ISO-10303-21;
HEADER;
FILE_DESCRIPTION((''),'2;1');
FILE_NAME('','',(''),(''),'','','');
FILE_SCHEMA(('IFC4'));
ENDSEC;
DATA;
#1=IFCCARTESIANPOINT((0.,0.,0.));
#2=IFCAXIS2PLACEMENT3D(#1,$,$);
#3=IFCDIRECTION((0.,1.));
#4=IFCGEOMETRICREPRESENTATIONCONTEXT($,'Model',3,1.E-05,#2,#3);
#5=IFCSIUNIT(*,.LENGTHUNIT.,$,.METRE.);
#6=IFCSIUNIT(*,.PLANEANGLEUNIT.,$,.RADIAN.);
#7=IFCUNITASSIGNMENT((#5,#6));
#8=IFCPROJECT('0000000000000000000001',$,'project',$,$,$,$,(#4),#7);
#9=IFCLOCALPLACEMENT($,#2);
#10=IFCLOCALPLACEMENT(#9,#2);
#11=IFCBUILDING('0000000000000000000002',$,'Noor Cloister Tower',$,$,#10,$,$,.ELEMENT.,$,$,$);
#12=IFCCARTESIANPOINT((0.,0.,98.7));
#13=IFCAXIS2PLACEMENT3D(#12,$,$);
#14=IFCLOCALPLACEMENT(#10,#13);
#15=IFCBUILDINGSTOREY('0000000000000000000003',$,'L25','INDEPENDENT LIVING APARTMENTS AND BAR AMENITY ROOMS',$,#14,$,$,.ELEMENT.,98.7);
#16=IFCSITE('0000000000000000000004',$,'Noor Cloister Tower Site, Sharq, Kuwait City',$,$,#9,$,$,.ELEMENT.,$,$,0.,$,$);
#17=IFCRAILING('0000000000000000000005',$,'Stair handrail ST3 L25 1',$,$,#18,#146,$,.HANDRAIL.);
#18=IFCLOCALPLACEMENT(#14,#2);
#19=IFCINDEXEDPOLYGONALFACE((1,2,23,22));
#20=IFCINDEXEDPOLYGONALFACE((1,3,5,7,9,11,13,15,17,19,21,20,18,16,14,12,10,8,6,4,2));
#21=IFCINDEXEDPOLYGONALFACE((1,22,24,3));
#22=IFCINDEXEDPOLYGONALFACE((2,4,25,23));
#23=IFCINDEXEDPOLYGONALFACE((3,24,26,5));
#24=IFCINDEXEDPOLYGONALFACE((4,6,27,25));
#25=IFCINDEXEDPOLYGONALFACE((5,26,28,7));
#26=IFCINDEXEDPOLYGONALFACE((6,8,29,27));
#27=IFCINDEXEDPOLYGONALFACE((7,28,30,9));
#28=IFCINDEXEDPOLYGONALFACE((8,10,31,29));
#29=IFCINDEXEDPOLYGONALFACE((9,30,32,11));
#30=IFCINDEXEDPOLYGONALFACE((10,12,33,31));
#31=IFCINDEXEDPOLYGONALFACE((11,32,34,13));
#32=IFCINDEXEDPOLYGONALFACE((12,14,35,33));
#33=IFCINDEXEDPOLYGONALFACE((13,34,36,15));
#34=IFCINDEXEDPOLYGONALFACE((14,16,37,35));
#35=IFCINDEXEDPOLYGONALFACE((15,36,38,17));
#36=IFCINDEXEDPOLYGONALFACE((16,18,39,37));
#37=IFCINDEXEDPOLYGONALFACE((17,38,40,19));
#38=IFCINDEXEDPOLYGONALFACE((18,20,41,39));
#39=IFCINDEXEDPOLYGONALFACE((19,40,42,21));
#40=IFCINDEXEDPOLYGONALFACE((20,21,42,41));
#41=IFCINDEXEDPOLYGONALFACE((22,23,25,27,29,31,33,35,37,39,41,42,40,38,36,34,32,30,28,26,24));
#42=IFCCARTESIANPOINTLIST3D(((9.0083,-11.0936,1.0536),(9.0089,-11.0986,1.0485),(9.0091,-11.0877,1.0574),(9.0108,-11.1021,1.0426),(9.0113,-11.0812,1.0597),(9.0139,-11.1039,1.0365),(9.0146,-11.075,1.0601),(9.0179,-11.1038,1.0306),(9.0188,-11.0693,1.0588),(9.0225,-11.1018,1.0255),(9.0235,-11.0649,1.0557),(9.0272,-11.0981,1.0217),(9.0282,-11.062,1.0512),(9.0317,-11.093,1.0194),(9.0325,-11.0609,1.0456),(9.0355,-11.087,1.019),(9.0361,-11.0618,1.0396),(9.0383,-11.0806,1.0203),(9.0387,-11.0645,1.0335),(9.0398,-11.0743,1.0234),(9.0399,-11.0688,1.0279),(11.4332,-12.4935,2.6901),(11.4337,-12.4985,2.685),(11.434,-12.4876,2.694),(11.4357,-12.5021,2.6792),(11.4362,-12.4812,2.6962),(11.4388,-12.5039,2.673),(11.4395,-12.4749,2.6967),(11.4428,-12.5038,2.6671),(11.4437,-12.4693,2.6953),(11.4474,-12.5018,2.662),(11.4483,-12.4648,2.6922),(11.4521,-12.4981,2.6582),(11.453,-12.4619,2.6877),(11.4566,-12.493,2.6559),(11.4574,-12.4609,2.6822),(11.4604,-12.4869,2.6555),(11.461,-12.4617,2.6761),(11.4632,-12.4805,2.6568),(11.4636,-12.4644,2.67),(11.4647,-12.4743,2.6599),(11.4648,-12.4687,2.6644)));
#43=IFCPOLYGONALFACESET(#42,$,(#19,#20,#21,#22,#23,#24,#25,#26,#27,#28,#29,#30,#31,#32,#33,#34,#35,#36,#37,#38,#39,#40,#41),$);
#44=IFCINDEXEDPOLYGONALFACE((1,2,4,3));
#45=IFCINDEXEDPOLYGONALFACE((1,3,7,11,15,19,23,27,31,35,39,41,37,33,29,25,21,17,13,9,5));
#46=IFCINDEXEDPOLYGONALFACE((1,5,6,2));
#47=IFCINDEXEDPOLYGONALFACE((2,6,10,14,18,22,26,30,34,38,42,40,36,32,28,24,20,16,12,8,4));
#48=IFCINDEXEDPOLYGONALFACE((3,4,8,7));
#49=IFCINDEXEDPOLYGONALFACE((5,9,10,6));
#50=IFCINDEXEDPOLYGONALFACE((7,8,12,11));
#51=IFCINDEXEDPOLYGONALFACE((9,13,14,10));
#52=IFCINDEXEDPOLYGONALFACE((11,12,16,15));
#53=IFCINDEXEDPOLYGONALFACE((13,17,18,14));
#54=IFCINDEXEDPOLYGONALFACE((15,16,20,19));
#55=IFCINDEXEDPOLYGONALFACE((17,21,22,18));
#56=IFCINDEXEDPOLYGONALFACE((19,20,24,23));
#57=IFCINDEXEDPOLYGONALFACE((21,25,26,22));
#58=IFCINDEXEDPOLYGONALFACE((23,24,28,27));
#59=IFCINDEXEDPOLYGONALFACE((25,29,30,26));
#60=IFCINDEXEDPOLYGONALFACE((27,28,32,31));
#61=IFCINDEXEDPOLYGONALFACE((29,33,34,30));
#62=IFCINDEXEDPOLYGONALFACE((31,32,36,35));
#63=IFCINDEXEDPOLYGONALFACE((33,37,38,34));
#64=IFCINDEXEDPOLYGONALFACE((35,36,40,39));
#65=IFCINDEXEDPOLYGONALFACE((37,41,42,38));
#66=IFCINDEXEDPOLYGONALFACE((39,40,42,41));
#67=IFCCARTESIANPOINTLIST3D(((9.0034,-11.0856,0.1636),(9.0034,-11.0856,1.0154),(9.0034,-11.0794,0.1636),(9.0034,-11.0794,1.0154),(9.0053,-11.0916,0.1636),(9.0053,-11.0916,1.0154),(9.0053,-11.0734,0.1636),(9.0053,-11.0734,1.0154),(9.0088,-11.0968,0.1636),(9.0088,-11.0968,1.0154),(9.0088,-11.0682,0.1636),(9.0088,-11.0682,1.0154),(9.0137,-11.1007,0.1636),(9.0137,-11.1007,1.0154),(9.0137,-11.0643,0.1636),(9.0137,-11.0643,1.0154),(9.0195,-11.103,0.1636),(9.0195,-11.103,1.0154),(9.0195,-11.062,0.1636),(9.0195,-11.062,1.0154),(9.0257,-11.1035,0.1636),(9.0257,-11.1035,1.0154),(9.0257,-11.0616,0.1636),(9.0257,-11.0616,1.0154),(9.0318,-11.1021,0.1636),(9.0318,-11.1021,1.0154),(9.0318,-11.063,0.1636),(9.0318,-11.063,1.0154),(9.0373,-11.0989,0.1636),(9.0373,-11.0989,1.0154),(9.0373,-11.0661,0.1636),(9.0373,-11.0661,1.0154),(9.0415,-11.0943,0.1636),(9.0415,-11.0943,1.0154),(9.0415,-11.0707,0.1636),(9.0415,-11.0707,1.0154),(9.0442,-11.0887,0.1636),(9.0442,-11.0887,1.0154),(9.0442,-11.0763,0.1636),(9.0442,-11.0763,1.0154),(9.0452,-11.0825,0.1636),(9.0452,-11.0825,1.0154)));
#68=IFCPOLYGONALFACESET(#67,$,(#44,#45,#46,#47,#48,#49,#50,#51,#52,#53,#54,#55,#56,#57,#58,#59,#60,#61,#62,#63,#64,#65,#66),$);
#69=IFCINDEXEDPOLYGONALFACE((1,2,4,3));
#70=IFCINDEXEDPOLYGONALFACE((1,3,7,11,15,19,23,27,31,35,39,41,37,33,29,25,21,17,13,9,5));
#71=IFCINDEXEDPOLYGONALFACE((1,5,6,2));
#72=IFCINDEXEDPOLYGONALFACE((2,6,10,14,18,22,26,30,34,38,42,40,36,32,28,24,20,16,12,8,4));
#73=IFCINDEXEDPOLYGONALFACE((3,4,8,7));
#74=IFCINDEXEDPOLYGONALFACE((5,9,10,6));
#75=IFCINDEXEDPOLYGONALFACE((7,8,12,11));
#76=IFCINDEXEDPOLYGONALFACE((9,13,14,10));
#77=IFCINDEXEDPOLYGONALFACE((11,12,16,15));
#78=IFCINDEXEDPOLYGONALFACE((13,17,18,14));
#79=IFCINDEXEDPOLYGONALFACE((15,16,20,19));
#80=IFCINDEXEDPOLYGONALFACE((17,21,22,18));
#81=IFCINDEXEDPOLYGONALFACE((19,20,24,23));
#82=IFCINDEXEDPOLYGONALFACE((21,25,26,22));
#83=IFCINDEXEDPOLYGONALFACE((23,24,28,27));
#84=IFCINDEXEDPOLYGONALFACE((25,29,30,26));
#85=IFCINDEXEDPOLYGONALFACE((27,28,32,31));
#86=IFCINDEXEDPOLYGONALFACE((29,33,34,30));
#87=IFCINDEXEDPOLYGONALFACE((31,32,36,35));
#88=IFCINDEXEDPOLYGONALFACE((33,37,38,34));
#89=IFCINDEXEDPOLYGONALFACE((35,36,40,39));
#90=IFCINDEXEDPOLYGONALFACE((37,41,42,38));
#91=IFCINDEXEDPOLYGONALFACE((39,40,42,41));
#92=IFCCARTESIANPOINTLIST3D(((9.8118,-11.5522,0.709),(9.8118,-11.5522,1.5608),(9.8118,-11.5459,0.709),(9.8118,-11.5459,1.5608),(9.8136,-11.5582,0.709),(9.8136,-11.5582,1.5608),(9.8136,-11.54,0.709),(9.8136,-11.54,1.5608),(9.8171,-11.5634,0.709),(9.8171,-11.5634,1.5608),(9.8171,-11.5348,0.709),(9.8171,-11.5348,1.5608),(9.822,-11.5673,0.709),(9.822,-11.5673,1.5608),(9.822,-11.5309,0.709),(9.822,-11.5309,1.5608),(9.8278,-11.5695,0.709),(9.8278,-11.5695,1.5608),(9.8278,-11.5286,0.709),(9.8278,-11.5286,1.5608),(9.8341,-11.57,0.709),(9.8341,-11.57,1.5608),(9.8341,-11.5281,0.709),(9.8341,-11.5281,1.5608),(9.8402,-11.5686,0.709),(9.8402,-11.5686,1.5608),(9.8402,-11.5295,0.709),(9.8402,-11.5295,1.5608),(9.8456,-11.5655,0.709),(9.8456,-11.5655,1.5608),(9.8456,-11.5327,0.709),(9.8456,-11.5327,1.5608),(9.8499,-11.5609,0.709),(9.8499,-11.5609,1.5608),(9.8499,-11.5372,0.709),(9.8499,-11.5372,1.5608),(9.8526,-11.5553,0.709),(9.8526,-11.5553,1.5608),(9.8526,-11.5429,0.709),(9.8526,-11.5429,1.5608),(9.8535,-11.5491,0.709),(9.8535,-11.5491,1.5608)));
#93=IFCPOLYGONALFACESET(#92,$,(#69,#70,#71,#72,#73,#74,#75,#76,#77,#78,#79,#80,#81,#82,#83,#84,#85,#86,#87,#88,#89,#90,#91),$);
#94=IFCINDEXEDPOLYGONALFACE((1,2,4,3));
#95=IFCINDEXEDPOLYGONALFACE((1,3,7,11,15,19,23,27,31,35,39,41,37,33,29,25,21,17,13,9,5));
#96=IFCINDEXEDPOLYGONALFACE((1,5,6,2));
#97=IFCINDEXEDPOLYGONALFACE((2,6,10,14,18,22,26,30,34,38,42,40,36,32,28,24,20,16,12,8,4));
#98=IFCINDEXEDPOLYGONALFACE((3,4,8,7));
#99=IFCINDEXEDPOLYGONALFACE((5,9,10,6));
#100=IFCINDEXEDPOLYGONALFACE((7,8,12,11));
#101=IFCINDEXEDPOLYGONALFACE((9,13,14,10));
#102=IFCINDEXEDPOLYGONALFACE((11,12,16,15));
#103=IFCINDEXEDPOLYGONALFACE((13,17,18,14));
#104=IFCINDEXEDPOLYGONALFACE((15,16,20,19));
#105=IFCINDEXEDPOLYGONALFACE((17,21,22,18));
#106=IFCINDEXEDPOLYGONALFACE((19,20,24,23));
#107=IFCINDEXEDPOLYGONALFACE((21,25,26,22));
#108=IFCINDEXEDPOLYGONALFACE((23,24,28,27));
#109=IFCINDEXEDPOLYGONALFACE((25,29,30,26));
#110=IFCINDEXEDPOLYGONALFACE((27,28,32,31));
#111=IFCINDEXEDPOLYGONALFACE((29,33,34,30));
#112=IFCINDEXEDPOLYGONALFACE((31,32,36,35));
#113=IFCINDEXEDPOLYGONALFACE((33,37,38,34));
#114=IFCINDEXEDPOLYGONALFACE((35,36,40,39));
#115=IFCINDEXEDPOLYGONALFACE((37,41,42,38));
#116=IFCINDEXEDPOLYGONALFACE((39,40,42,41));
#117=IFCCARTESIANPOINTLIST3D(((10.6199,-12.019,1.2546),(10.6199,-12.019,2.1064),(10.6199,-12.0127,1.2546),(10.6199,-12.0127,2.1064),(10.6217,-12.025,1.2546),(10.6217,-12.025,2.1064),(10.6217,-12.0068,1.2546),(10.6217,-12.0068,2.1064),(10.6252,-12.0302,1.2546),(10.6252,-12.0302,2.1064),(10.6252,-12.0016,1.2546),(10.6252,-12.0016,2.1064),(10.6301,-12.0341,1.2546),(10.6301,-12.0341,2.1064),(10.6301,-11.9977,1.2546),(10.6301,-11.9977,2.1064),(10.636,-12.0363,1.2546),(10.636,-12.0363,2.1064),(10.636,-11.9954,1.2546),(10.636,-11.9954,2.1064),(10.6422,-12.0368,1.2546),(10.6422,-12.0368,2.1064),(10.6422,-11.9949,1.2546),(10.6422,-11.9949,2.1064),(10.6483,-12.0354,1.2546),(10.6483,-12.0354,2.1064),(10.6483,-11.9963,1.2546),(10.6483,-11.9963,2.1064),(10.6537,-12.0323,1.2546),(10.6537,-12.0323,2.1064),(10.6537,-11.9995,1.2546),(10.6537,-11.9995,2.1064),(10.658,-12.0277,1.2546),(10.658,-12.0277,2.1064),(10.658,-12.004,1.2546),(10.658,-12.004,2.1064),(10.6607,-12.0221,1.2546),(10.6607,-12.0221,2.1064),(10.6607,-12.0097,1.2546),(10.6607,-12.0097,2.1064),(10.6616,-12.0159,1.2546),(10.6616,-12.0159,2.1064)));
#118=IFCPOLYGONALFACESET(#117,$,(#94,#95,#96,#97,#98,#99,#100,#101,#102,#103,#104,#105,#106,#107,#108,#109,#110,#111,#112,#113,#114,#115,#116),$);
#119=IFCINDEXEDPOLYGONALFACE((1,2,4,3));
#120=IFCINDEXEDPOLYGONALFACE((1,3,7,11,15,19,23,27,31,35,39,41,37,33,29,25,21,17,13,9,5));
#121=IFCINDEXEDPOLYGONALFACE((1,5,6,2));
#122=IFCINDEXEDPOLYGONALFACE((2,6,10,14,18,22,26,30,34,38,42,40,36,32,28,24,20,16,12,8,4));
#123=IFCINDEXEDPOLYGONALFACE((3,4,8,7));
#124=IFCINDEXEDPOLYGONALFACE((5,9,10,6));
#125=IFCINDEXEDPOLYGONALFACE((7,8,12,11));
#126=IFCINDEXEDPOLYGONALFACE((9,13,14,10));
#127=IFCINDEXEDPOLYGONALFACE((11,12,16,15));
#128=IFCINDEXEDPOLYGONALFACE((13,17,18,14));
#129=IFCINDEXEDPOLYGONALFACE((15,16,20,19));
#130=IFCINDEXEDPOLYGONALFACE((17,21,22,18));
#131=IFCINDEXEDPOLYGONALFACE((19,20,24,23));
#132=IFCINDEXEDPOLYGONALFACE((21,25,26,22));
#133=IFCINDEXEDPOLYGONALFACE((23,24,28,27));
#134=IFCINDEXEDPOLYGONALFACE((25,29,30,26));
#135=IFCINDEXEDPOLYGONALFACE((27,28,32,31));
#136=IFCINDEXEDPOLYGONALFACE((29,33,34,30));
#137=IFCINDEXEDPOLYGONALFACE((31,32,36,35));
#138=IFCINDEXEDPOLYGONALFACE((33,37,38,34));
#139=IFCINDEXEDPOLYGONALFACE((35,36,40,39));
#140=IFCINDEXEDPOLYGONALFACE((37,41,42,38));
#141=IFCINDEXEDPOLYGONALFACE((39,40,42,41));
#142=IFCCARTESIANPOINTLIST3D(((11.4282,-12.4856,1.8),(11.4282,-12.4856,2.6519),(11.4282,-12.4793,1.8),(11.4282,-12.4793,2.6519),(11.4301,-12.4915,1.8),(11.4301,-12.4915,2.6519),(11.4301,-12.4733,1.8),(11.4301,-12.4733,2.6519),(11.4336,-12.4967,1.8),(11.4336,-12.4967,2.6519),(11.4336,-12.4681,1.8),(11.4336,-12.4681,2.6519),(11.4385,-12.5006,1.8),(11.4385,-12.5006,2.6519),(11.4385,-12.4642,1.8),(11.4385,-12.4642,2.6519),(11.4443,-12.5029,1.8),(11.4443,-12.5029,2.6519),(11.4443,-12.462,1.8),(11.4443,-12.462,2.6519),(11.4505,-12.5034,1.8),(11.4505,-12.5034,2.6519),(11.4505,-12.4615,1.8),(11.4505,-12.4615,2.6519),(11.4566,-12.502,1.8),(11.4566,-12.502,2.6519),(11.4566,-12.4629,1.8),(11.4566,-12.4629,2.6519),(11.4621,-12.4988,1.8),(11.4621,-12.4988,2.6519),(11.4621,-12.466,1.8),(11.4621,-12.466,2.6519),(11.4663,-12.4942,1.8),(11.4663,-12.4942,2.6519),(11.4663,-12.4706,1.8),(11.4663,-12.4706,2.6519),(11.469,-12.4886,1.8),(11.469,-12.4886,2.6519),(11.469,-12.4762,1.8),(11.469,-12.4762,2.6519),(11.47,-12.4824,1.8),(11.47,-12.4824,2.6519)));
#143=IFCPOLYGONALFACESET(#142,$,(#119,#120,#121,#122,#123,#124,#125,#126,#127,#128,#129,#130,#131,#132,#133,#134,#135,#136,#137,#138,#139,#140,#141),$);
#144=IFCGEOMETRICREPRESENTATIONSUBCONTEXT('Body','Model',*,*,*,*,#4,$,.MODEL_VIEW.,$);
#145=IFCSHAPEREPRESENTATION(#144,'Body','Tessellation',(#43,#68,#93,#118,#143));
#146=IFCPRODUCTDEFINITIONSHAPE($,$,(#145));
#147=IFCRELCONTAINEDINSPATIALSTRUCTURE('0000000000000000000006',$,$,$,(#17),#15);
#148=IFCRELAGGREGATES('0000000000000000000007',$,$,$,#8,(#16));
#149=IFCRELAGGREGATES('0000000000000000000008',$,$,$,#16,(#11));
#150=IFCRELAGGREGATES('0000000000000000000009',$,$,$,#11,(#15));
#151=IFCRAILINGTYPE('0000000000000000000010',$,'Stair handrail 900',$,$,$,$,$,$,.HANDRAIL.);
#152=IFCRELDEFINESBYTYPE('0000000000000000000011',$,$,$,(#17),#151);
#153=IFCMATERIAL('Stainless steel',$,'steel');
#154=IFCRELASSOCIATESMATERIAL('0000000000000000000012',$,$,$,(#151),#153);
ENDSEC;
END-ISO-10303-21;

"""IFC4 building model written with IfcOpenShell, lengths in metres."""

from ifc_helpers import new_model, si_unit, direction, frame, origin, origin_2d, place, context, subcontext, project, spatial, circle, extrude, material, type_object, element, save


model = new_model("IFC4")

# Units and contexts
model_context = context("Model", 3, precision=1e-05, world=origin(), true_north=direction((0.0, 1.0)))
body_context = subcontext(model_context, "Body", "Model", "MODEL_VIEW")
ifc_project = project(units=[si_unit("LENGTHUNIT", "METRE"), si_unit("PLANEANGLEUNIT", "RADIAN")], contexts=[model_context])

# Site, building, storey
site_placement = place(None, origin())
site = spatial("IfcSite", under=ifc_project, at=site_placement, Name="Noor Cloister Tower Site, Sharq, Kuwait City", CompositionType="ELEMENT", RefElevation=0.0)
building_placement = place(site_placement, origin())
building = spatial("IfcBuilding", under=site, at=building_placement, Name="Noor Cloister Tower", CompositionType="ELEMENT")
storey_placement = place(building_placement, frame((0.0, 0.0, 98.7)))
storey = spatial("IfcBuildingStorey", under=building, at=storey_placement, Name="L25", Description="INDEPENDENT LIVING APARTMENTS AND BAR AMENITY ROOMS", CompositionType="ELEMENT", Elevation=98.7)

# Railing
ifc_material_1 = material(Name="Stainless steel", Category="steel")
railing_type_1 = type_object("IfcRailingType", Name="Stair handrail 900", PredefinedType="HANDRAIL", material=ifc_material_1)
railing_1_placement = place(storey_placement, frame((9.0242, -11.0825, 0.1636)))
element("IfcRailing", 1, at=railing_1_placement, inside=storey, type_object=railing_type_1, Name="Stair handrail ST3 L25 1", PredefinedType="HANDRAIL", context=body_context, shape_type="SweptSolid", body=[
    extrude(circle(Radius=0.0239, at=origin_2d()), frame((0.0, 0.0, 0.876), z_axis=(0.74769, -0.431661, 0.504608), x_axis=(0.499984, 0.866035, 0.0)), (0.0, 0.0, 1.0), 3.2432),
    extrude(circle(Radius=0.021, at=origin_2d()), origin(), (0.0, 0.0, 1.0), 0.8518),
    extrude(circle(Radius=0.021, at=origin_2d()), frame((0.8083, -0.4666, 0.5454)), (0.0, 0.0, 1.0), 0.8518),
    extrude(circle(Radius=0.021, at=origin_2d()), frame((1.6165, -0.9333, 1.0911)), (0.0, 0.0, 1.0), 0.8518),
    extrude(circle(Radius=0.021, at=origin_2d()), frame((2.4248, -1.3999, 1.6365)), (0.0, 0.0, 1.0), 0.8518),
])

save(model, "model.ifc")
